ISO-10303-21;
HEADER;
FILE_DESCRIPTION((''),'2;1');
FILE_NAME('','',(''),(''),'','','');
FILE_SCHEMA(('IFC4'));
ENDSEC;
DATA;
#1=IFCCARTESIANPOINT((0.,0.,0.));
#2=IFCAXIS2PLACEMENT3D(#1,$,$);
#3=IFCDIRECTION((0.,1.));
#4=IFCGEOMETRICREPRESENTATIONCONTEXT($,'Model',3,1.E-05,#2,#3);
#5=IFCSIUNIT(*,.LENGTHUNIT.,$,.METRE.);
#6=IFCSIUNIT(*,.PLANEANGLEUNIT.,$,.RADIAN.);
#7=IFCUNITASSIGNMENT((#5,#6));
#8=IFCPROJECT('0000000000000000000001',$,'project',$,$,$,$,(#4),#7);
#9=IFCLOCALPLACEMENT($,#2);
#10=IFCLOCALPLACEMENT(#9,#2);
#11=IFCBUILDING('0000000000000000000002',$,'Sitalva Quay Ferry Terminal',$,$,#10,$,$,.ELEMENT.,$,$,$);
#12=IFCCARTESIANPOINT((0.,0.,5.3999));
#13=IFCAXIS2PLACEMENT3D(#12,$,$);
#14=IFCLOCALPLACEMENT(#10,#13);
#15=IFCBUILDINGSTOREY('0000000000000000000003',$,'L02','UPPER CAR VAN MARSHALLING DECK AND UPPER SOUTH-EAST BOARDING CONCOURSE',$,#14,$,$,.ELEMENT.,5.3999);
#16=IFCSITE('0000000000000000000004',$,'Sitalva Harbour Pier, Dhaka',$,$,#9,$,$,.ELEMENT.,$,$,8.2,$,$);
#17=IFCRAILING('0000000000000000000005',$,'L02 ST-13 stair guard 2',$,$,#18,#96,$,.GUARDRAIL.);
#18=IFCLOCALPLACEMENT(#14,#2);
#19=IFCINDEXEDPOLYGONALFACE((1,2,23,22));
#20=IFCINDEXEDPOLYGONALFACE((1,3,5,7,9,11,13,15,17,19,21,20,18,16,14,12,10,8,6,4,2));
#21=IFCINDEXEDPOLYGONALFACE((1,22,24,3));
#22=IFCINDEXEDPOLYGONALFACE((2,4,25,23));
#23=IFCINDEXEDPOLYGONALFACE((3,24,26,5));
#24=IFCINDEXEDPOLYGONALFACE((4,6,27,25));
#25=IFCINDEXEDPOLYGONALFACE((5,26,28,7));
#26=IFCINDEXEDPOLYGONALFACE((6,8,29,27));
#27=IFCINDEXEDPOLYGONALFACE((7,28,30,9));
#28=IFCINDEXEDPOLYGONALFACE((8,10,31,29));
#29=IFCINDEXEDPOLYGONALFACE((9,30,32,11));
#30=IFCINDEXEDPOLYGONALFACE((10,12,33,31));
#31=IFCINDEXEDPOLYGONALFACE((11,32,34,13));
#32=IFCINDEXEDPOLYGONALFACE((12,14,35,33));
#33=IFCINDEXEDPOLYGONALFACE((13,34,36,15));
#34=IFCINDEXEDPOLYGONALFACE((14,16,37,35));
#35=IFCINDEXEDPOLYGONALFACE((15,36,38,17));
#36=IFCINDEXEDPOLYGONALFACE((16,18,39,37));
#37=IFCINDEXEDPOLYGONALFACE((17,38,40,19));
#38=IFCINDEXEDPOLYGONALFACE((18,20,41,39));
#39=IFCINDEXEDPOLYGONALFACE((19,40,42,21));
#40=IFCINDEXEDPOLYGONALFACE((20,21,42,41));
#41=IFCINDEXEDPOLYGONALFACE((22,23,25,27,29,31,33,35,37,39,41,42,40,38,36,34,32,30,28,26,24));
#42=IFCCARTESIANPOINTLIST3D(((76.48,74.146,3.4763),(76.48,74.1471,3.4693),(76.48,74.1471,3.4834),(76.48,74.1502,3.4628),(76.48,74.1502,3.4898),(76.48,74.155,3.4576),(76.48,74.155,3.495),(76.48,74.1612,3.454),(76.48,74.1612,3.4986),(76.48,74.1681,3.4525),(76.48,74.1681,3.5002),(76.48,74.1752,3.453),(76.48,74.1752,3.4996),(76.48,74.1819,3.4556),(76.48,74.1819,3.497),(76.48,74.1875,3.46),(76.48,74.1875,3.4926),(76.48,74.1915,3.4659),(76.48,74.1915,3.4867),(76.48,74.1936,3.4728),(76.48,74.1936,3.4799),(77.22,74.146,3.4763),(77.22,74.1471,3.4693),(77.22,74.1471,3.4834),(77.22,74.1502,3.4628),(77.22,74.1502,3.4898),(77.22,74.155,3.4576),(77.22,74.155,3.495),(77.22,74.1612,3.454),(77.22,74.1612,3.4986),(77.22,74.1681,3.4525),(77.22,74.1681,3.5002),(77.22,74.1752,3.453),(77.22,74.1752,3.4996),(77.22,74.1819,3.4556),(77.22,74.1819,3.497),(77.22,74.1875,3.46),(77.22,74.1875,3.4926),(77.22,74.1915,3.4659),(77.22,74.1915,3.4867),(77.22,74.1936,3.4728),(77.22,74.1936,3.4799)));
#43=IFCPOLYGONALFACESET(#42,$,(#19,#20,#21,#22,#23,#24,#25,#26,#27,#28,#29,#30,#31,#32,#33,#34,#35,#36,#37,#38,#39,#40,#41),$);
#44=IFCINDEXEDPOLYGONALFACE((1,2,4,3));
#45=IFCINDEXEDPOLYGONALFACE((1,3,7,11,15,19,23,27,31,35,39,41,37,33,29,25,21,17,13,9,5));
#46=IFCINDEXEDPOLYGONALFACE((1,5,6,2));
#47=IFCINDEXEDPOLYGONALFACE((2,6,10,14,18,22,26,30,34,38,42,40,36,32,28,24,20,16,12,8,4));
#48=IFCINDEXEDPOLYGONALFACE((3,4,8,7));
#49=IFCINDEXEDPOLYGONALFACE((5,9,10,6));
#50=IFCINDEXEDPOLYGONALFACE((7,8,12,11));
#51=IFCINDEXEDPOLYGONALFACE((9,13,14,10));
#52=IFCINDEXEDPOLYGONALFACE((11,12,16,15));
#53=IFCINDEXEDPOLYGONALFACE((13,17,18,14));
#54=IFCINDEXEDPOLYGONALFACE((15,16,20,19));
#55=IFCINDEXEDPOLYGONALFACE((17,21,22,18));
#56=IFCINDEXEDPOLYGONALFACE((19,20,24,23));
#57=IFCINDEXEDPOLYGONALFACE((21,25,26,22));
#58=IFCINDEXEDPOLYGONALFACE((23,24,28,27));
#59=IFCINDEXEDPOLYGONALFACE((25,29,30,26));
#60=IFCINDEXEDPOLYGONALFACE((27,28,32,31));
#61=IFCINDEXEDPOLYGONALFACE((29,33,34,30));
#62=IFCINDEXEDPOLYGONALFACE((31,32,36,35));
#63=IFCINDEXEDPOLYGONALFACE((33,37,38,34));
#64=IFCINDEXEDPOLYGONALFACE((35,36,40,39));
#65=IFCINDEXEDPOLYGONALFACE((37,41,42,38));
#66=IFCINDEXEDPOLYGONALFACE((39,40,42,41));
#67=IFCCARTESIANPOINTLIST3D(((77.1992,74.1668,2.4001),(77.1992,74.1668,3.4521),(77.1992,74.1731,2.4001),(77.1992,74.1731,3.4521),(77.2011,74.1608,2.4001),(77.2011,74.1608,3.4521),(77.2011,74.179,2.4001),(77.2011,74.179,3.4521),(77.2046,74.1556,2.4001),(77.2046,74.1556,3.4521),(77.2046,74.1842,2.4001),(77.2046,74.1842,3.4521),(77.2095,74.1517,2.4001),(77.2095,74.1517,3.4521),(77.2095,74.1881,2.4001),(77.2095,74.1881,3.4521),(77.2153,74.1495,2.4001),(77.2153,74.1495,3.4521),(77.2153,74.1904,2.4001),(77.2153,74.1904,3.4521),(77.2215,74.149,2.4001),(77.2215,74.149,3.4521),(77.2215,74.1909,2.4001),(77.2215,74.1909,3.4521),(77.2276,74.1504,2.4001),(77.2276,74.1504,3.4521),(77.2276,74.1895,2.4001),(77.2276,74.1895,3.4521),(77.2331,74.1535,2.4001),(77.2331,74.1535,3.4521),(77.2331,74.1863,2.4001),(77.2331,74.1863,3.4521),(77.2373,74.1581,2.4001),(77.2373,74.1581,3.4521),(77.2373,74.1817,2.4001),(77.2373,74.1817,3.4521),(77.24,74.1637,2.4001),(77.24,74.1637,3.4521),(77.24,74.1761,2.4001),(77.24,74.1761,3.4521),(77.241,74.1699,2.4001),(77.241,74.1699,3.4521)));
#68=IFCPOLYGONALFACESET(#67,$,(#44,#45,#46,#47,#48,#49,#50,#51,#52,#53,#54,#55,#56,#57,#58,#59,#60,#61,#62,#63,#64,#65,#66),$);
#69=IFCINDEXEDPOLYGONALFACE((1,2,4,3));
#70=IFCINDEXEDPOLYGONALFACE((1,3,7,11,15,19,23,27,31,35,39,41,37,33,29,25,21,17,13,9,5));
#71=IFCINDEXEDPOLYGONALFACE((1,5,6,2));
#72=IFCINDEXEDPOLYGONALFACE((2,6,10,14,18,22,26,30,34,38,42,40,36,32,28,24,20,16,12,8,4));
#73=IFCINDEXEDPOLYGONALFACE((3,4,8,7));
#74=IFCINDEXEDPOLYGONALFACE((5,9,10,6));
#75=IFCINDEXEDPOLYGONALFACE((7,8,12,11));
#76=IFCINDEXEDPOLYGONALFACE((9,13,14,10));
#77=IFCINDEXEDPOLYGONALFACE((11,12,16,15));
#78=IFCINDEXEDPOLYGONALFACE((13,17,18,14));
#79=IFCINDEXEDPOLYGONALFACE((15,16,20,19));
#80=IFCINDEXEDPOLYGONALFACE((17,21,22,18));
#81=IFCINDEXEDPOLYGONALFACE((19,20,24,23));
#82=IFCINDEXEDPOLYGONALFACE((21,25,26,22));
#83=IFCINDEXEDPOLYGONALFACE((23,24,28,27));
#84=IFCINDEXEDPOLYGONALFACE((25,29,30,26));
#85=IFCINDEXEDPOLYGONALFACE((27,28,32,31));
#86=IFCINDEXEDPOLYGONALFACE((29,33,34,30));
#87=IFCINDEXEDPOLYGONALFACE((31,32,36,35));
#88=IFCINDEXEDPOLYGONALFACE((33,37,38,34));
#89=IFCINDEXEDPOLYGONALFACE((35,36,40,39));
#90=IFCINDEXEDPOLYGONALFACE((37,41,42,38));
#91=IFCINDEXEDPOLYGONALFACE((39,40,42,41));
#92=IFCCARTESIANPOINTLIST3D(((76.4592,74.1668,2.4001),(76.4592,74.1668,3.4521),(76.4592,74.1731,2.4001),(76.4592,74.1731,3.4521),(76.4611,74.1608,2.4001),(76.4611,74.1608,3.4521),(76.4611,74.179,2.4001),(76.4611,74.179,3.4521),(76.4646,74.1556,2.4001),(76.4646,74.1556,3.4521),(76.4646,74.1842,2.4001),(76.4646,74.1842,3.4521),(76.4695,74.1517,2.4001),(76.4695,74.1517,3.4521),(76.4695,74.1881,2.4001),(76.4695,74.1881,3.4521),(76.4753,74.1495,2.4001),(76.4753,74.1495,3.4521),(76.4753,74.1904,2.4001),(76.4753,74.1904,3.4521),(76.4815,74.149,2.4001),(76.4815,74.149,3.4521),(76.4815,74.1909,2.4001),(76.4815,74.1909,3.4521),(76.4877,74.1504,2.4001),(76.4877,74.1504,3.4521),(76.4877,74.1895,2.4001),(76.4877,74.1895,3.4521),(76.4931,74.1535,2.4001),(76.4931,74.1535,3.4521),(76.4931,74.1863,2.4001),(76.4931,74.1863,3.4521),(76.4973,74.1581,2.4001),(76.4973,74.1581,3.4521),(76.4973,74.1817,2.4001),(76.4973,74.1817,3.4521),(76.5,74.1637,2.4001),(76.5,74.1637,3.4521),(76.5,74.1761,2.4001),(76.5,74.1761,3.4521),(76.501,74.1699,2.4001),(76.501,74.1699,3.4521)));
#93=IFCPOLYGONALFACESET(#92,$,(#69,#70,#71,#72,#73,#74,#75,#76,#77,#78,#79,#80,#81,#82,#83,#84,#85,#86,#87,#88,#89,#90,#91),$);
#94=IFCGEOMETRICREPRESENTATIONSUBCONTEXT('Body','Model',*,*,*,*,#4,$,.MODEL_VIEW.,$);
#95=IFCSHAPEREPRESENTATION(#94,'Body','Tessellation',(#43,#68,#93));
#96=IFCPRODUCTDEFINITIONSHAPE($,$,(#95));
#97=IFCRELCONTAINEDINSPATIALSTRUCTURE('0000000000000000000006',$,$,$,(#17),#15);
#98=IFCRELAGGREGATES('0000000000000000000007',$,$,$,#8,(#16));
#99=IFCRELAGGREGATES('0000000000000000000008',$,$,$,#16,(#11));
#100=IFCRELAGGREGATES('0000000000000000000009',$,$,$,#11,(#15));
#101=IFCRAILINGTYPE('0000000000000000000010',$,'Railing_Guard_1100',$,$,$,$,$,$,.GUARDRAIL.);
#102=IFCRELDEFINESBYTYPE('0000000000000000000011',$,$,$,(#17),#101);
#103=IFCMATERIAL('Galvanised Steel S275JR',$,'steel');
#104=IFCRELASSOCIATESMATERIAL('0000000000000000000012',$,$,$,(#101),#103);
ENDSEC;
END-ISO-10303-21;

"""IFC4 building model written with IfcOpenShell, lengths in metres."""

from ifc_helpers import new_model, si_unit, direction, frame, origin, origin_2d, place, context, subcontext, project, spatial, circle, extrude, material, type_object, element, save


model = new_model("IFC4")

# Units and contexts
model_context = context("Model", 3, precision=1e-05, world=origin(), true_north=direction((0.0, 1.0)))
body_context = subcontext(model_context, "Body", "Model", "MODEL_VIEW")
ifc_project = project(units=[si_unit("LENGTHUNIT", "METRE"), si_unit("PLANEANGLEUNIT", "RADIAN")], contexts=[model_context])

# Site, building, storey
site_placement = place(None, origin())
site = spatial("IfcSite", under=ifc_project, at=site_placement, Name="Sitalva Harbour Pier, Dhaka", CompositionType="ELEMENT", RefElevation=8.2)
building_placement = place(site_placement, origin())
building = spatial("IfcBuilding", under=site, at=building_placement, Name="Sitalva Quay Ferry Terminal", CompositionType="ELEMENT")
storey_placement = place(building_placement, frame((0.0, 0.0, 5.3999)))
storey = spatial("IfcBuildingStorey", under=building, at=storey_placement, Name="L02", Description="UPPER CAR VAN MARSHALLING DECK AND UPPER SOUTH-EAST BOARDING CONCOURSE", CompositionType="ELEMENT", Elevation=5.3999)

# Railing
ifc_material_1 = material(Name="Galvanised Steel S275JR", Category="steel")
railing_type_1 = type_object("IfcRailingType", Name="Railing_Guard_1100", PredefinedType="GUARDRAIL", material=ifc_material_1)
railing_1_placement = place(storey_placement, frame((77.22, 74.1699, 2.4001)))
element("IfcRailing", 1, at=railing_1_placement, inside=storey, type_object=railing_type_1, Name="L02 ST-13 stair guard 2", PredefinedType="GUARDRAIL", context=body_context, shape_type="SweptSolid", body=[
    extrude(circle(Radius=0.0239, at=origin_2d()), frame((0.0, 0.0, 1.0762), z_axis=(-1.0, 0.0, 0.0), x_axis=(0.0, -1.0, 0.0)), (0.0, 0.0, 1.0), 0.74),
    extrude(circle(Radius=0.021, at=origin_2d()), origin(), (0.0, 0.0, 1.0), 1.052),
    extrude(circle(Radius=0.021, at=origin_2d()), frame((-0.74, 0.0, 0.0)), (0.0, 0.0, 1.0), 1.052),
])

save(model, "model.ifc")
